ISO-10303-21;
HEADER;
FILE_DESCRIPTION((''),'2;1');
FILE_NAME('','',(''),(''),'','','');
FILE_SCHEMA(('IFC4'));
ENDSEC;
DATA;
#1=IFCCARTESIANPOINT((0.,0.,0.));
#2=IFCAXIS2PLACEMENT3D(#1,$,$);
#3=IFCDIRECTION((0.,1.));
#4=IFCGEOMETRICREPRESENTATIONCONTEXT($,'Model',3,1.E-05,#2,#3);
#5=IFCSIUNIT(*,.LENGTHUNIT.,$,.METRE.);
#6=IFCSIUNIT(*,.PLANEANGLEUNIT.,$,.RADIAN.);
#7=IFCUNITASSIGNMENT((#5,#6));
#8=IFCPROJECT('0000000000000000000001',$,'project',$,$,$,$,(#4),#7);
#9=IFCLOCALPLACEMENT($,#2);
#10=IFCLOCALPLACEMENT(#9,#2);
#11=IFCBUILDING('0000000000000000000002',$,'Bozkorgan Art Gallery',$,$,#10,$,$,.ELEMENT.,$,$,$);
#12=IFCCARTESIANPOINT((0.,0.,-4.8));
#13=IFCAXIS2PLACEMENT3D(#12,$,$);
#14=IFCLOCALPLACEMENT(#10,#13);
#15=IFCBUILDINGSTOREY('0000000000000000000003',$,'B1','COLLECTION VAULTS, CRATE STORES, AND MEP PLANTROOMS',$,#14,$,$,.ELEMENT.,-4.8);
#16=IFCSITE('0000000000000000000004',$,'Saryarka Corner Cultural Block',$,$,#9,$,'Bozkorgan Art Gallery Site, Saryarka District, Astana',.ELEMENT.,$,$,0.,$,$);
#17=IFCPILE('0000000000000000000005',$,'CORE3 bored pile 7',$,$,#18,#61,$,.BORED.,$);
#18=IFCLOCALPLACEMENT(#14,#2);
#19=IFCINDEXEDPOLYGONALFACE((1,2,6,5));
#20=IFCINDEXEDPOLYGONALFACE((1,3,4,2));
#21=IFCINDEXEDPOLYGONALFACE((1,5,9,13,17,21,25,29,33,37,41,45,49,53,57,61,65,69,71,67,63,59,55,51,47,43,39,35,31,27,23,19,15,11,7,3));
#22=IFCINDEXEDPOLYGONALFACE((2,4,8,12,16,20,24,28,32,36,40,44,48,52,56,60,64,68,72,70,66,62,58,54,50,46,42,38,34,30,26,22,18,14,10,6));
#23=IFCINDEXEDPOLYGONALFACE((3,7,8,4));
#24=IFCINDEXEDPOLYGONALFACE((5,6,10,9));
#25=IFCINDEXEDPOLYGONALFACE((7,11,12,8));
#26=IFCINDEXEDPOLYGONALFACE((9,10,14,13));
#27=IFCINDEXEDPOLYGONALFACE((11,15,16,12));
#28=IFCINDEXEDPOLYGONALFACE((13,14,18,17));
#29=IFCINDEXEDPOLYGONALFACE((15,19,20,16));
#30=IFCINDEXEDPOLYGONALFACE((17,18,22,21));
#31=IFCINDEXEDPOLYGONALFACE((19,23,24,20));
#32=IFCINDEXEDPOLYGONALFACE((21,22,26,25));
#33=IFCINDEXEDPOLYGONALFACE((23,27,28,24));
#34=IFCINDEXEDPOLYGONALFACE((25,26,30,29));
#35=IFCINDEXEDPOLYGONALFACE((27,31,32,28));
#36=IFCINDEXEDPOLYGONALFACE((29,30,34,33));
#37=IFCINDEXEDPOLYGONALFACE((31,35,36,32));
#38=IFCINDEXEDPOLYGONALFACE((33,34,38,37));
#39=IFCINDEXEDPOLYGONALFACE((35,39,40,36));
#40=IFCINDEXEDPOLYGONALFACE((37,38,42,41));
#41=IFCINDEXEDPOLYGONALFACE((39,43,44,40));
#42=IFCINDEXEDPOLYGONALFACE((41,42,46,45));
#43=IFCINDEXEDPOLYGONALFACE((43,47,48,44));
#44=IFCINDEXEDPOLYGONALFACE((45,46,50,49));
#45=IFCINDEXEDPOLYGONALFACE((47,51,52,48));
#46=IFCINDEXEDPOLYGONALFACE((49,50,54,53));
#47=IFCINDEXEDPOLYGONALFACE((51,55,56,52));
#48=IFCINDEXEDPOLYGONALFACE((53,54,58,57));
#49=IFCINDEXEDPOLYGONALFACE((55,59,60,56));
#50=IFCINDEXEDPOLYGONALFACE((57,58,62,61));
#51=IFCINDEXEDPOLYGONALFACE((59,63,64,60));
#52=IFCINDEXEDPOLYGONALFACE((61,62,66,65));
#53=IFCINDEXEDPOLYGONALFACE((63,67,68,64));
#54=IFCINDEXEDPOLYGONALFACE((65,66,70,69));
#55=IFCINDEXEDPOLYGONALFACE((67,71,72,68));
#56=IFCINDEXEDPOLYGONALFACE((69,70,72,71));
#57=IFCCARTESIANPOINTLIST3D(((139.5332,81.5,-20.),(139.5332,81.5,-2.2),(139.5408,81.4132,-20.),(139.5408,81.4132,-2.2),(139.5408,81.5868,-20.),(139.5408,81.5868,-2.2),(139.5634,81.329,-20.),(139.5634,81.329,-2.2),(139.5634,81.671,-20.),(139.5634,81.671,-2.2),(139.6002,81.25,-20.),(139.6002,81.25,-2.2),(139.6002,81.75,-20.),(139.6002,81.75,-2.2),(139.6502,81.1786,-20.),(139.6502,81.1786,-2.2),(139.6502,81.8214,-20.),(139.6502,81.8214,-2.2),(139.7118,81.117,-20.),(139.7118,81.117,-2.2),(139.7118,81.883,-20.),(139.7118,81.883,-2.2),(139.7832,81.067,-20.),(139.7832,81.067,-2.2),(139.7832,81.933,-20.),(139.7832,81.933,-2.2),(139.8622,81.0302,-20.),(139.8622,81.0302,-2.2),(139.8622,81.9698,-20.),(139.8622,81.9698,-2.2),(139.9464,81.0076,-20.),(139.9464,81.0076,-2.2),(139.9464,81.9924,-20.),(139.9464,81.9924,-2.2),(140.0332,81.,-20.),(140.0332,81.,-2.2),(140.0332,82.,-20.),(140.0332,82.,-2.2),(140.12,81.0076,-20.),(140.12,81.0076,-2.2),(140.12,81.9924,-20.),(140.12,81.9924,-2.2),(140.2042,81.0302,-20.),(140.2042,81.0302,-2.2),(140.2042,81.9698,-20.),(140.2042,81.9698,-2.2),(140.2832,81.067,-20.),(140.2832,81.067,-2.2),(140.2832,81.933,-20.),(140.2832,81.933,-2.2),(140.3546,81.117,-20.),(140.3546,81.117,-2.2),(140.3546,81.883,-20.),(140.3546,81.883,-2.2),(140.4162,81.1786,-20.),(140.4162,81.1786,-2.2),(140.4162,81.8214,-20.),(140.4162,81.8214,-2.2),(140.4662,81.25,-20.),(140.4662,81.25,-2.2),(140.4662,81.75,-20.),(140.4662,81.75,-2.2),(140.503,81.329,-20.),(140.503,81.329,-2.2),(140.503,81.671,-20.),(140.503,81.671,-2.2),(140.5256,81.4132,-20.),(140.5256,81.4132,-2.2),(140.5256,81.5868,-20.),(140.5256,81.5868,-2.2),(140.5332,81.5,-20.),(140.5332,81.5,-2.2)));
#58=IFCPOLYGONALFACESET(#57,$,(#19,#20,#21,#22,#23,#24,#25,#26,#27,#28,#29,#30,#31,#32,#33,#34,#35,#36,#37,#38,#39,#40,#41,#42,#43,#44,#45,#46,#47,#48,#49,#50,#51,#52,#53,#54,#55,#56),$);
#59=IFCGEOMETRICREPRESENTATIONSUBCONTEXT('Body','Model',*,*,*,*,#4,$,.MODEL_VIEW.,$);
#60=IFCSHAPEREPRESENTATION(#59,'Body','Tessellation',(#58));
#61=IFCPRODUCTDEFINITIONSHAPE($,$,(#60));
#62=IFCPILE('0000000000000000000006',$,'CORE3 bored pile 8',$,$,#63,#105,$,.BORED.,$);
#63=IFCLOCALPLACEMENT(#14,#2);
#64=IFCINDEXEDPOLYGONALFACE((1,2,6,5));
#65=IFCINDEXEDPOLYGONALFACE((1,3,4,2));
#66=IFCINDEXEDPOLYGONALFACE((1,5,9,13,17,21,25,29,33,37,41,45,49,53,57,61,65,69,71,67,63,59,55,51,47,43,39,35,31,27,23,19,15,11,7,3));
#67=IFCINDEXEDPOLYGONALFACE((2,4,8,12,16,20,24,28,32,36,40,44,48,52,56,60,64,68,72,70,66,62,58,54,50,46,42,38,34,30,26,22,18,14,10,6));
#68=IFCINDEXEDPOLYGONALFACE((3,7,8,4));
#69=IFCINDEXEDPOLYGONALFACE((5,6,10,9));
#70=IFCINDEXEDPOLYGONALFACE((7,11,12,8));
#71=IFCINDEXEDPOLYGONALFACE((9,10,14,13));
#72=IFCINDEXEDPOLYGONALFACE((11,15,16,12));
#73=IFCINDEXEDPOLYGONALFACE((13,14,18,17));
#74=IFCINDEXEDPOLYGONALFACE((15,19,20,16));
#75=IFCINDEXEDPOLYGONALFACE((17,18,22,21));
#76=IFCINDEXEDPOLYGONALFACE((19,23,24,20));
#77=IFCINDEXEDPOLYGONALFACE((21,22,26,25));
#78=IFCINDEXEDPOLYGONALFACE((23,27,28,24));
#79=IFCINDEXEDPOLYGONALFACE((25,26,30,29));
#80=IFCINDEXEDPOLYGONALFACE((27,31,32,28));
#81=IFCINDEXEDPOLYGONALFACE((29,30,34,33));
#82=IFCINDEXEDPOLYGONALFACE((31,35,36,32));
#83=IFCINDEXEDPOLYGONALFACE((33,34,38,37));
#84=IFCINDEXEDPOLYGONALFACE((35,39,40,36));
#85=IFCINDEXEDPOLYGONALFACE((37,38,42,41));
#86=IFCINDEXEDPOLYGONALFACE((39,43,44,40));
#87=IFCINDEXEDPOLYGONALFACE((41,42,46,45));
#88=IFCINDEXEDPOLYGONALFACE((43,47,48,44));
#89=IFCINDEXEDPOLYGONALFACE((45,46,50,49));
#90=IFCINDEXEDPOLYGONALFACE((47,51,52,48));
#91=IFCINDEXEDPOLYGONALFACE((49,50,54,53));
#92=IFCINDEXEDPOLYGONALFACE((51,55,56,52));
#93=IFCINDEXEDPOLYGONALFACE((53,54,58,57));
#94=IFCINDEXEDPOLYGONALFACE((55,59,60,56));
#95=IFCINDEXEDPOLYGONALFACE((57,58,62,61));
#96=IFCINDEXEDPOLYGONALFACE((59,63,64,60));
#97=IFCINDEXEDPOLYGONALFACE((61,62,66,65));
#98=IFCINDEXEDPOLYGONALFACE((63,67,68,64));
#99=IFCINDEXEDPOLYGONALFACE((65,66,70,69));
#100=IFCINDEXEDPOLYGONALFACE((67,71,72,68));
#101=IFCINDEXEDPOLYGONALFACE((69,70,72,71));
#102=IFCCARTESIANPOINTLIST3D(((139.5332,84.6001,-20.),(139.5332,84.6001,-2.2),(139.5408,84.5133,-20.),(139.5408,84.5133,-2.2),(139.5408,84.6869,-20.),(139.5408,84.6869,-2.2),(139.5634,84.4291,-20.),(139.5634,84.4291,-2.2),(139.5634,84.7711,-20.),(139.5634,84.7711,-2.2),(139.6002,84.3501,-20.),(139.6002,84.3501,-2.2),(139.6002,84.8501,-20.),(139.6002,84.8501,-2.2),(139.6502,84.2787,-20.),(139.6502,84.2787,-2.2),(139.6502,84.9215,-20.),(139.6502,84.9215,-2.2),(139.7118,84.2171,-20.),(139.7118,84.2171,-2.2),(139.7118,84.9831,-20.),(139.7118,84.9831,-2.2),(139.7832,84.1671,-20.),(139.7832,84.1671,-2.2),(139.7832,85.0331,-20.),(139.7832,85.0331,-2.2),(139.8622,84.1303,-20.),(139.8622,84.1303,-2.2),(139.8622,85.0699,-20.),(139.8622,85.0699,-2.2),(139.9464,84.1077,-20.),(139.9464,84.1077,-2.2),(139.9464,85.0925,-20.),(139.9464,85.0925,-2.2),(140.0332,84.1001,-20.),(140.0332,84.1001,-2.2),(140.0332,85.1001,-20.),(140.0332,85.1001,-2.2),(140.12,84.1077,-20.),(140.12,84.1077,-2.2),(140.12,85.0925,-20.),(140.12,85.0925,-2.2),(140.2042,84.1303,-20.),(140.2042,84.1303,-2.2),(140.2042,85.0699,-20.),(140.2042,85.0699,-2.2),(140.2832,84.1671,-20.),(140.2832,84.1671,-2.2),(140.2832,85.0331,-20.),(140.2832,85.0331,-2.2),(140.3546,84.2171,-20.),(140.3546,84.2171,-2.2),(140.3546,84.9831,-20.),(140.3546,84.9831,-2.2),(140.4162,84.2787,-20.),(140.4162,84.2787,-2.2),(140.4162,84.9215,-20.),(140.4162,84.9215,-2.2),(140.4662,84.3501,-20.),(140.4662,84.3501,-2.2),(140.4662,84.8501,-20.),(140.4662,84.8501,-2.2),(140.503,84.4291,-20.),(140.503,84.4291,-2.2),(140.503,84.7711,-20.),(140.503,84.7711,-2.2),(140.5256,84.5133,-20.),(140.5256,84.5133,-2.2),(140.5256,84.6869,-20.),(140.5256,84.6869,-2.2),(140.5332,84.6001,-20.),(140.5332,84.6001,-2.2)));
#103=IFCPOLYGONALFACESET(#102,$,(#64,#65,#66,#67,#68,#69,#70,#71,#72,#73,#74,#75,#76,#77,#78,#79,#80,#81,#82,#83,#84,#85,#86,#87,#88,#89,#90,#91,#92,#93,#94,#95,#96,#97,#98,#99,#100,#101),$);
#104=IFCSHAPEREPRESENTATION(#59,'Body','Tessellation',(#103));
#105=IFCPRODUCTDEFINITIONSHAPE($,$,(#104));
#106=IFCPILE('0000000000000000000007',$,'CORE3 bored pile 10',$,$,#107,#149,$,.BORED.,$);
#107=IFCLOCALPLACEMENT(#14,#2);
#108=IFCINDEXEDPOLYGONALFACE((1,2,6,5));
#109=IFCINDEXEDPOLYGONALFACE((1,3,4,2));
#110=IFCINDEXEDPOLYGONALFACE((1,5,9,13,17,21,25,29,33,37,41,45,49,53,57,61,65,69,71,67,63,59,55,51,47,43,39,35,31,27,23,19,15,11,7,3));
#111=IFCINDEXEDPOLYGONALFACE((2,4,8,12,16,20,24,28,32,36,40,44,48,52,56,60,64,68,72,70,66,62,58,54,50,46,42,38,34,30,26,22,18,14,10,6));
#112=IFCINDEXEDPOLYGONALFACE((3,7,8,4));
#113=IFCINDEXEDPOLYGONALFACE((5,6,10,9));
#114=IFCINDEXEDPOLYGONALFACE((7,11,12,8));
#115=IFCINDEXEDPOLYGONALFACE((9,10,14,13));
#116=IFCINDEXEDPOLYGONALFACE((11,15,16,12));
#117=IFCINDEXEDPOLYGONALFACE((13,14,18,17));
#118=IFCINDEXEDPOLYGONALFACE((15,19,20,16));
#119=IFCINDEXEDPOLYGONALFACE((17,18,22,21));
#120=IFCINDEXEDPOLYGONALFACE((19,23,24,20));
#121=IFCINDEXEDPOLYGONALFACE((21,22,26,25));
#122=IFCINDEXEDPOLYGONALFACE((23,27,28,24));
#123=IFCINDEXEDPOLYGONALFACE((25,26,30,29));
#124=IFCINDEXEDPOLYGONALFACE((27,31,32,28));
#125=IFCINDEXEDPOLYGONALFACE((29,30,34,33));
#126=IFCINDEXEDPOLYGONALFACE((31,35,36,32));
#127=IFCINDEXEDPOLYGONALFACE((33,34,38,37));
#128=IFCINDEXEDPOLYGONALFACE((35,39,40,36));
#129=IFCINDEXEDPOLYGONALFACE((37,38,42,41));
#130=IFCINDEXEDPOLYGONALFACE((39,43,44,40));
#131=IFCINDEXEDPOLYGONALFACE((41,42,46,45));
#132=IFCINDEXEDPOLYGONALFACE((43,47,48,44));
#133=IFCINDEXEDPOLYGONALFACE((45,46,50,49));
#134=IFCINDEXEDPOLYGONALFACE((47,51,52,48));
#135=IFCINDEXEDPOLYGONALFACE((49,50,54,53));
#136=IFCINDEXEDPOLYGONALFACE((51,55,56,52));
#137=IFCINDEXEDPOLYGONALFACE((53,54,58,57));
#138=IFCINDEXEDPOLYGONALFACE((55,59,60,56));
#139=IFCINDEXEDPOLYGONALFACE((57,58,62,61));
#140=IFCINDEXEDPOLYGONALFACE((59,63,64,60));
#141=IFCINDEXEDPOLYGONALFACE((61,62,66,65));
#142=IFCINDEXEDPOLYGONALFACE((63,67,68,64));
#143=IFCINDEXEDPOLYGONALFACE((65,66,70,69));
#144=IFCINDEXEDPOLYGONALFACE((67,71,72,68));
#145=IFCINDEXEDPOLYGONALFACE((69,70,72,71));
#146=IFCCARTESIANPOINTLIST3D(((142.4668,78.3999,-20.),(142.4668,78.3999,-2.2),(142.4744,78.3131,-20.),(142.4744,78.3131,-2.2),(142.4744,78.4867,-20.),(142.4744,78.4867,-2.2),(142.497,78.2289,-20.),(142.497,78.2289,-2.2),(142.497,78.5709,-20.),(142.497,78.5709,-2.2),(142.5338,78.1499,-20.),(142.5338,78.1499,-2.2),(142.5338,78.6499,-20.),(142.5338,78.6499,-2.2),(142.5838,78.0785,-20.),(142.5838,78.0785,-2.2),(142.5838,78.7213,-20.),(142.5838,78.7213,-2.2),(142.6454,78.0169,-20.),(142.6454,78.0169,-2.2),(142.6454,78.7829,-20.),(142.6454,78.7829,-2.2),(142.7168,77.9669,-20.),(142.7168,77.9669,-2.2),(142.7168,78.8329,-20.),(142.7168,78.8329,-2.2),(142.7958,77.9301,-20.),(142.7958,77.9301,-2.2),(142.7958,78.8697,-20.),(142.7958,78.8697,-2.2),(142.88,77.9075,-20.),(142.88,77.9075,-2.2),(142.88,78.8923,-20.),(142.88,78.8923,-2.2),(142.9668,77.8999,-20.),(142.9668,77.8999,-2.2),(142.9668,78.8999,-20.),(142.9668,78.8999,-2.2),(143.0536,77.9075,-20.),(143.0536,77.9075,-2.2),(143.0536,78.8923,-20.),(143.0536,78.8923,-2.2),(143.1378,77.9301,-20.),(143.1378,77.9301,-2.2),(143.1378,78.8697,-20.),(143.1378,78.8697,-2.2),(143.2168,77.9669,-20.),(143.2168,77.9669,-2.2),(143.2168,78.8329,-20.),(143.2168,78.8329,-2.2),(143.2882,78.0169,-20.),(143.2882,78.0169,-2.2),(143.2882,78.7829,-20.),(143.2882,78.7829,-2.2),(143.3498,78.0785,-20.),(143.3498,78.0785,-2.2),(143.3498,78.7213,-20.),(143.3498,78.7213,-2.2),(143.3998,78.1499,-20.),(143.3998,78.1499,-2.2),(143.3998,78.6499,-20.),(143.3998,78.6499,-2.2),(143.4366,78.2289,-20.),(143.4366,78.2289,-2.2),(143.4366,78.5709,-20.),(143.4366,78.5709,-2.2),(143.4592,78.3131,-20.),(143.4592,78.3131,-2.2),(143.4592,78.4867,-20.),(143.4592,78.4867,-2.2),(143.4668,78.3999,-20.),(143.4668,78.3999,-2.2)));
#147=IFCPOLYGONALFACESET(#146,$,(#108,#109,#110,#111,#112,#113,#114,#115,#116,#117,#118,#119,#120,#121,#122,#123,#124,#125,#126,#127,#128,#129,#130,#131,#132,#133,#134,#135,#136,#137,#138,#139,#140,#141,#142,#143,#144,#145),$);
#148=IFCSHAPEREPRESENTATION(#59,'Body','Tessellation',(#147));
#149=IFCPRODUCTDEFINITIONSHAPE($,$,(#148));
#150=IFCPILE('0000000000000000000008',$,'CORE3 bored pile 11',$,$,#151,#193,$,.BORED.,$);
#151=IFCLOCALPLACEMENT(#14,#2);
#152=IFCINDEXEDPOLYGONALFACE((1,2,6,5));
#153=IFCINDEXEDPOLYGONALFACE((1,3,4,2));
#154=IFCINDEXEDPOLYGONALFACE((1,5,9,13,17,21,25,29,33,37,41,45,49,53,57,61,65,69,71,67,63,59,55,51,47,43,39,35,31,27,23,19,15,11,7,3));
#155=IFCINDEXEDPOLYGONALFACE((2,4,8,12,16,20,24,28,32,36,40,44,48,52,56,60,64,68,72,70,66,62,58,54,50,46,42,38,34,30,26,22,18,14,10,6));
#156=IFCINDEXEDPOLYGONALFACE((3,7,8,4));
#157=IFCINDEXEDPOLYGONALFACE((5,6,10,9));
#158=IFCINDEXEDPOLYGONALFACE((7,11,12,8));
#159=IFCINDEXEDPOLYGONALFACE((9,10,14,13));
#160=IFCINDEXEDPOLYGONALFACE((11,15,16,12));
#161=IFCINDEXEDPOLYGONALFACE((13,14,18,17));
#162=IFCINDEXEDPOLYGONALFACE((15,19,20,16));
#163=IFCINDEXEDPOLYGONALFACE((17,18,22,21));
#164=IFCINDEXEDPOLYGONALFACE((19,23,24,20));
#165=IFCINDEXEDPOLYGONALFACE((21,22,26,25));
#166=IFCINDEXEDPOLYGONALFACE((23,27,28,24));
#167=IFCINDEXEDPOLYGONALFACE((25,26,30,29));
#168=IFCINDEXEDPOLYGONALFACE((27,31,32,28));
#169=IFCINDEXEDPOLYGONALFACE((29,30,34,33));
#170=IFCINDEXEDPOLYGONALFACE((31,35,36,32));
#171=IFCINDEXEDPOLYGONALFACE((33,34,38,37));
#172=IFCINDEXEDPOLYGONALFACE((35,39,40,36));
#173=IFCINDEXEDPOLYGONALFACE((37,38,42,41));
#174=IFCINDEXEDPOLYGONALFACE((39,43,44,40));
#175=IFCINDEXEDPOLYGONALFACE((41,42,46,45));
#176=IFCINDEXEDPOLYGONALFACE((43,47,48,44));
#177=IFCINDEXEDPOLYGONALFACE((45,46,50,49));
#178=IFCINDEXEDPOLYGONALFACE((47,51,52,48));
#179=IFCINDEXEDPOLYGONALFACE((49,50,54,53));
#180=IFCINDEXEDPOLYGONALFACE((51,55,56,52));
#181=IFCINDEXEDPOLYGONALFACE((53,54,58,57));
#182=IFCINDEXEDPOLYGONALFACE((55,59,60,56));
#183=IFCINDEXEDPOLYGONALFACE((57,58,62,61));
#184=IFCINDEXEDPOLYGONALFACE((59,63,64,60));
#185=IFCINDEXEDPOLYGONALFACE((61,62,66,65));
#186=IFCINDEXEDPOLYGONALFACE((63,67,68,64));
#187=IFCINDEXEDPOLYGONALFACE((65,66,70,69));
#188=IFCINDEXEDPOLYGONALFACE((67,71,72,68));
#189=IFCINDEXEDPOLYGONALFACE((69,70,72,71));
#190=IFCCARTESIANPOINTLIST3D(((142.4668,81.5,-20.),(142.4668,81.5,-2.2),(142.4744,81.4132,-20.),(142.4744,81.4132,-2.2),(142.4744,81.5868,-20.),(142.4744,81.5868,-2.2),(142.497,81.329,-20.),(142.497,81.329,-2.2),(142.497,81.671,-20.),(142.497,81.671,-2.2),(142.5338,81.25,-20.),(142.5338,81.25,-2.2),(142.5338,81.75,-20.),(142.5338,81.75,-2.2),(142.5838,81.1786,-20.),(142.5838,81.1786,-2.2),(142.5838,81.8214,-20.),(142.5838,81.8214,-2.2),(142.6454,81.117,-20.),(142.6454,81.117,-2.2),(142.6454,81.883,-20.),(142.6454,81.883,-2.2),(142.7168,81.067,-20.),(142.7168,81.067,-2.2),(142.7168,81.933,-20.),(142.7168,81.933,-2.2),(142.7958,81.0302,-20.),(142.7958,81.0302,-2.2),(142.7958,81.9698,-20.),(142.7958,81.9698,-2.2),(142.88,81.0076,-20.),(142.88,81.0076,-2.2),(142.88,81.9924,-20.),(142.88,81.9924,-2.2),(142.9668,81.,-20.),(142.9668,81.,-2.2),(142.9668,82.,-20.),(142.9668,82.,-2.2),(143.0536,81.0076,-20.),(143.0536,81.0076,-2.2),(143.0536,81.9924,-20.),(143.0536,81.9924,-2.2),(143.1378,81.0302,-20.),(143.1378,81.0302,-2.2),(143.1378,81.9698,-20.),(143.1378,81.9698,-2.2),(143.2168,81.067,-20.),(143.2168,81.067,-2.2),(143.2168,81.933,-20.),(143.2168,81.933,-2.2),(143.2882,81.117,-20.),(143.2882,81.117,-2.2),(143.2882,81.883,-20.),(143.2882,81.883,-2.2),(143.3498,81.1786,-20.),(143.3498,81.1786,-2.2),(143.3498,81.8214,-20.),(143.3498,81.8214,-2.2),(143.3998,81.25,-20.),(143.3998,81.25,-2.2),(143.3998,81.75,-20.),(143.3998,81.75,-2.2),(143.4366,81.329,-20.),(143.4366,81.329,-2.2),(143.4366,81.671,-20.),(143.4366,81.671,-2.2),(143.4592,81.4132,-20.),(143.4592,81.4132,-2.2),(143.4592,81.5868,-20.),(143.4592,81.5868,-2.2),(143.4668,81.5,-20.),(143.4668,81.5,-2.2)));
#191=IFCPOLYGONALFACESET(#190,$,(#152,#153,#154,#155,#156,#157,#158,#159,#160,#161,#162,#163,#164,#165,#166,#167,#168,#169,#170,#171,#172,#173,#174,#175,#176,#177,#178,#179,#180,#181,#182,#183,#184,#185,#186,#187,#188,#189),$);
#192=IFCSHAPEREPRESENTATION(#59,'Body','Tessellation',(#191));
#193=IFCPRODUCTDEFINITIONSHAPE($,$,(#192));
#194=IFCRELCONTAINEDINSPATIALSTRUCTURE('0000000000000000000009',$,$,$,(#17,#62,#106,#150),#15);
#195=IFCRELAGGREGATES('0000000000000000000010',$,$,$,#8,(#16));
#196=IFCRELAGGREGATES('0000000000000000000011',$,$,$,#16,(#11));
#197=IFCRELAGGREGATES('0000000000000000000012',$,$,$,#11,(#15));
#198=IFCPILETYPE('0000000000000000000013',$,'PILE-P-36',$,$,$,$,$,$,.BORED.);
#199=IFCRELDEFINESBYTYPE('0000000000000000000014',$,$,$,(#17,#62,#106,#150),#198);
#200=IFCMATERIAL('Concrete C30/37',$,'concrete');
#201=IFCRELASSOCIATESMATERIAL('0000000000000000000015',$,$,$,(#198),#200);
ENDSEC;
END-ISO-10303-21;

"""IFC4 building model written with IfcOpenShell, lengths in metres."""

from ifc_helpers import new_model, si_unit, direction, frame, origin, origin_2d, place, context, subcontext, project, spatial, circle, extrude, material, material_profile, profile_set, type_object, element, save


model = new_model("IFC4")

# Units and contexts
model_context = context("Model", 3, precision=1e-05, world=origin(), true_north=direction((0.0, 1.0)))
body_context = subcontext(model_context, "Body", "Model", "MODEL_VIEW")
ifc_project = project(units=[si_unit("LENGTHUNIT", "METRE"), si_unit("PLANEANGLEUNIT", "RADIAN")], contexts=[model_context])

# Site, building, storey
site_placement = place(None, origin())
site = spatial("IfcSite", under=ifc_project, at=site_placement, Name="Saryarka Corner Cultural Block", LongName="Bozkorgan Art Gallery Site, Saryarka District, Astana", CompositionType="ELEMENT", RefElevation=0.0)
building_placement = place(site_placement, origin())
building = spatial("IfcBuilding", under=site, at=building_placement, Name="Bozkorgan Art Gallery", CompositionType="ELEMENT")
storey_placement = place(building_placement, frame((0.0, 0.0, -4.8)))
storey = spatial("IfcBuildingStorey", under=building, at=storey_placement, Name="B1", Description="COLLECTION VAULTS, CRATE STORES, AND MEP PLANTROOMS", CompositionType="ELEMENT", Elevation=-4.8)

# Shared definitions
ifc_material_1 = material(Name="Concrete C30/37", Category="concrete")

# Piles
ifc_material_profile_1 = material_profile(ifc_material_1, circle(Radius=0.5, at=origin_2d()), Name="PILE D1000")
ifc_profile_set_1 = profile_set([ifc_material_profile_1], Name="Concrete C30/37")
pile_type = type_object("IfcPileType", Name="PILE-P-36", PredefinedType="BORED", material=ifc_profile_set_1)
for number, where, z_axis, x_axis, name in (
    (1, (140.0332, 81.5, -2.2), (0.0, 0.0, -1.0), (1.0, 0.0, 0.0), "CORE3 bored pile 7"),
    (2, (140.0332, 84.6001, -2.2), (0.0, 0.0, -1.0), (1.0, 0.0, 0.0), "CORE3 bored pile 8"),
    (3, (142.9668, 78.3999, -2.2), (0.0, 0.0, -1.0), (1.0, 0.0, 0.0), "CORE3 bored pile 10"),
    (4, (142.9668, 81.5, -2.2), (0.0, 0.0, -1.0), (1.0, 0.0, 0.0), "CORE3 bored pile 11"),
):
    element("IfcPile", number, at=place(storey_placement, frame(where, z_axis=z_axis, x_axis=x_axis)), inside=storey, type_object=pile_type, Name=name, PredefinedType="BORED", context=body_context, shape_type="SweptSolid", body=[
        extrude(circle(Radius=0.5, at=origin_2d()), origin(), (0.0, 0.0, 1.0), 17.8),
    ])

save(model, "model.ifc")
